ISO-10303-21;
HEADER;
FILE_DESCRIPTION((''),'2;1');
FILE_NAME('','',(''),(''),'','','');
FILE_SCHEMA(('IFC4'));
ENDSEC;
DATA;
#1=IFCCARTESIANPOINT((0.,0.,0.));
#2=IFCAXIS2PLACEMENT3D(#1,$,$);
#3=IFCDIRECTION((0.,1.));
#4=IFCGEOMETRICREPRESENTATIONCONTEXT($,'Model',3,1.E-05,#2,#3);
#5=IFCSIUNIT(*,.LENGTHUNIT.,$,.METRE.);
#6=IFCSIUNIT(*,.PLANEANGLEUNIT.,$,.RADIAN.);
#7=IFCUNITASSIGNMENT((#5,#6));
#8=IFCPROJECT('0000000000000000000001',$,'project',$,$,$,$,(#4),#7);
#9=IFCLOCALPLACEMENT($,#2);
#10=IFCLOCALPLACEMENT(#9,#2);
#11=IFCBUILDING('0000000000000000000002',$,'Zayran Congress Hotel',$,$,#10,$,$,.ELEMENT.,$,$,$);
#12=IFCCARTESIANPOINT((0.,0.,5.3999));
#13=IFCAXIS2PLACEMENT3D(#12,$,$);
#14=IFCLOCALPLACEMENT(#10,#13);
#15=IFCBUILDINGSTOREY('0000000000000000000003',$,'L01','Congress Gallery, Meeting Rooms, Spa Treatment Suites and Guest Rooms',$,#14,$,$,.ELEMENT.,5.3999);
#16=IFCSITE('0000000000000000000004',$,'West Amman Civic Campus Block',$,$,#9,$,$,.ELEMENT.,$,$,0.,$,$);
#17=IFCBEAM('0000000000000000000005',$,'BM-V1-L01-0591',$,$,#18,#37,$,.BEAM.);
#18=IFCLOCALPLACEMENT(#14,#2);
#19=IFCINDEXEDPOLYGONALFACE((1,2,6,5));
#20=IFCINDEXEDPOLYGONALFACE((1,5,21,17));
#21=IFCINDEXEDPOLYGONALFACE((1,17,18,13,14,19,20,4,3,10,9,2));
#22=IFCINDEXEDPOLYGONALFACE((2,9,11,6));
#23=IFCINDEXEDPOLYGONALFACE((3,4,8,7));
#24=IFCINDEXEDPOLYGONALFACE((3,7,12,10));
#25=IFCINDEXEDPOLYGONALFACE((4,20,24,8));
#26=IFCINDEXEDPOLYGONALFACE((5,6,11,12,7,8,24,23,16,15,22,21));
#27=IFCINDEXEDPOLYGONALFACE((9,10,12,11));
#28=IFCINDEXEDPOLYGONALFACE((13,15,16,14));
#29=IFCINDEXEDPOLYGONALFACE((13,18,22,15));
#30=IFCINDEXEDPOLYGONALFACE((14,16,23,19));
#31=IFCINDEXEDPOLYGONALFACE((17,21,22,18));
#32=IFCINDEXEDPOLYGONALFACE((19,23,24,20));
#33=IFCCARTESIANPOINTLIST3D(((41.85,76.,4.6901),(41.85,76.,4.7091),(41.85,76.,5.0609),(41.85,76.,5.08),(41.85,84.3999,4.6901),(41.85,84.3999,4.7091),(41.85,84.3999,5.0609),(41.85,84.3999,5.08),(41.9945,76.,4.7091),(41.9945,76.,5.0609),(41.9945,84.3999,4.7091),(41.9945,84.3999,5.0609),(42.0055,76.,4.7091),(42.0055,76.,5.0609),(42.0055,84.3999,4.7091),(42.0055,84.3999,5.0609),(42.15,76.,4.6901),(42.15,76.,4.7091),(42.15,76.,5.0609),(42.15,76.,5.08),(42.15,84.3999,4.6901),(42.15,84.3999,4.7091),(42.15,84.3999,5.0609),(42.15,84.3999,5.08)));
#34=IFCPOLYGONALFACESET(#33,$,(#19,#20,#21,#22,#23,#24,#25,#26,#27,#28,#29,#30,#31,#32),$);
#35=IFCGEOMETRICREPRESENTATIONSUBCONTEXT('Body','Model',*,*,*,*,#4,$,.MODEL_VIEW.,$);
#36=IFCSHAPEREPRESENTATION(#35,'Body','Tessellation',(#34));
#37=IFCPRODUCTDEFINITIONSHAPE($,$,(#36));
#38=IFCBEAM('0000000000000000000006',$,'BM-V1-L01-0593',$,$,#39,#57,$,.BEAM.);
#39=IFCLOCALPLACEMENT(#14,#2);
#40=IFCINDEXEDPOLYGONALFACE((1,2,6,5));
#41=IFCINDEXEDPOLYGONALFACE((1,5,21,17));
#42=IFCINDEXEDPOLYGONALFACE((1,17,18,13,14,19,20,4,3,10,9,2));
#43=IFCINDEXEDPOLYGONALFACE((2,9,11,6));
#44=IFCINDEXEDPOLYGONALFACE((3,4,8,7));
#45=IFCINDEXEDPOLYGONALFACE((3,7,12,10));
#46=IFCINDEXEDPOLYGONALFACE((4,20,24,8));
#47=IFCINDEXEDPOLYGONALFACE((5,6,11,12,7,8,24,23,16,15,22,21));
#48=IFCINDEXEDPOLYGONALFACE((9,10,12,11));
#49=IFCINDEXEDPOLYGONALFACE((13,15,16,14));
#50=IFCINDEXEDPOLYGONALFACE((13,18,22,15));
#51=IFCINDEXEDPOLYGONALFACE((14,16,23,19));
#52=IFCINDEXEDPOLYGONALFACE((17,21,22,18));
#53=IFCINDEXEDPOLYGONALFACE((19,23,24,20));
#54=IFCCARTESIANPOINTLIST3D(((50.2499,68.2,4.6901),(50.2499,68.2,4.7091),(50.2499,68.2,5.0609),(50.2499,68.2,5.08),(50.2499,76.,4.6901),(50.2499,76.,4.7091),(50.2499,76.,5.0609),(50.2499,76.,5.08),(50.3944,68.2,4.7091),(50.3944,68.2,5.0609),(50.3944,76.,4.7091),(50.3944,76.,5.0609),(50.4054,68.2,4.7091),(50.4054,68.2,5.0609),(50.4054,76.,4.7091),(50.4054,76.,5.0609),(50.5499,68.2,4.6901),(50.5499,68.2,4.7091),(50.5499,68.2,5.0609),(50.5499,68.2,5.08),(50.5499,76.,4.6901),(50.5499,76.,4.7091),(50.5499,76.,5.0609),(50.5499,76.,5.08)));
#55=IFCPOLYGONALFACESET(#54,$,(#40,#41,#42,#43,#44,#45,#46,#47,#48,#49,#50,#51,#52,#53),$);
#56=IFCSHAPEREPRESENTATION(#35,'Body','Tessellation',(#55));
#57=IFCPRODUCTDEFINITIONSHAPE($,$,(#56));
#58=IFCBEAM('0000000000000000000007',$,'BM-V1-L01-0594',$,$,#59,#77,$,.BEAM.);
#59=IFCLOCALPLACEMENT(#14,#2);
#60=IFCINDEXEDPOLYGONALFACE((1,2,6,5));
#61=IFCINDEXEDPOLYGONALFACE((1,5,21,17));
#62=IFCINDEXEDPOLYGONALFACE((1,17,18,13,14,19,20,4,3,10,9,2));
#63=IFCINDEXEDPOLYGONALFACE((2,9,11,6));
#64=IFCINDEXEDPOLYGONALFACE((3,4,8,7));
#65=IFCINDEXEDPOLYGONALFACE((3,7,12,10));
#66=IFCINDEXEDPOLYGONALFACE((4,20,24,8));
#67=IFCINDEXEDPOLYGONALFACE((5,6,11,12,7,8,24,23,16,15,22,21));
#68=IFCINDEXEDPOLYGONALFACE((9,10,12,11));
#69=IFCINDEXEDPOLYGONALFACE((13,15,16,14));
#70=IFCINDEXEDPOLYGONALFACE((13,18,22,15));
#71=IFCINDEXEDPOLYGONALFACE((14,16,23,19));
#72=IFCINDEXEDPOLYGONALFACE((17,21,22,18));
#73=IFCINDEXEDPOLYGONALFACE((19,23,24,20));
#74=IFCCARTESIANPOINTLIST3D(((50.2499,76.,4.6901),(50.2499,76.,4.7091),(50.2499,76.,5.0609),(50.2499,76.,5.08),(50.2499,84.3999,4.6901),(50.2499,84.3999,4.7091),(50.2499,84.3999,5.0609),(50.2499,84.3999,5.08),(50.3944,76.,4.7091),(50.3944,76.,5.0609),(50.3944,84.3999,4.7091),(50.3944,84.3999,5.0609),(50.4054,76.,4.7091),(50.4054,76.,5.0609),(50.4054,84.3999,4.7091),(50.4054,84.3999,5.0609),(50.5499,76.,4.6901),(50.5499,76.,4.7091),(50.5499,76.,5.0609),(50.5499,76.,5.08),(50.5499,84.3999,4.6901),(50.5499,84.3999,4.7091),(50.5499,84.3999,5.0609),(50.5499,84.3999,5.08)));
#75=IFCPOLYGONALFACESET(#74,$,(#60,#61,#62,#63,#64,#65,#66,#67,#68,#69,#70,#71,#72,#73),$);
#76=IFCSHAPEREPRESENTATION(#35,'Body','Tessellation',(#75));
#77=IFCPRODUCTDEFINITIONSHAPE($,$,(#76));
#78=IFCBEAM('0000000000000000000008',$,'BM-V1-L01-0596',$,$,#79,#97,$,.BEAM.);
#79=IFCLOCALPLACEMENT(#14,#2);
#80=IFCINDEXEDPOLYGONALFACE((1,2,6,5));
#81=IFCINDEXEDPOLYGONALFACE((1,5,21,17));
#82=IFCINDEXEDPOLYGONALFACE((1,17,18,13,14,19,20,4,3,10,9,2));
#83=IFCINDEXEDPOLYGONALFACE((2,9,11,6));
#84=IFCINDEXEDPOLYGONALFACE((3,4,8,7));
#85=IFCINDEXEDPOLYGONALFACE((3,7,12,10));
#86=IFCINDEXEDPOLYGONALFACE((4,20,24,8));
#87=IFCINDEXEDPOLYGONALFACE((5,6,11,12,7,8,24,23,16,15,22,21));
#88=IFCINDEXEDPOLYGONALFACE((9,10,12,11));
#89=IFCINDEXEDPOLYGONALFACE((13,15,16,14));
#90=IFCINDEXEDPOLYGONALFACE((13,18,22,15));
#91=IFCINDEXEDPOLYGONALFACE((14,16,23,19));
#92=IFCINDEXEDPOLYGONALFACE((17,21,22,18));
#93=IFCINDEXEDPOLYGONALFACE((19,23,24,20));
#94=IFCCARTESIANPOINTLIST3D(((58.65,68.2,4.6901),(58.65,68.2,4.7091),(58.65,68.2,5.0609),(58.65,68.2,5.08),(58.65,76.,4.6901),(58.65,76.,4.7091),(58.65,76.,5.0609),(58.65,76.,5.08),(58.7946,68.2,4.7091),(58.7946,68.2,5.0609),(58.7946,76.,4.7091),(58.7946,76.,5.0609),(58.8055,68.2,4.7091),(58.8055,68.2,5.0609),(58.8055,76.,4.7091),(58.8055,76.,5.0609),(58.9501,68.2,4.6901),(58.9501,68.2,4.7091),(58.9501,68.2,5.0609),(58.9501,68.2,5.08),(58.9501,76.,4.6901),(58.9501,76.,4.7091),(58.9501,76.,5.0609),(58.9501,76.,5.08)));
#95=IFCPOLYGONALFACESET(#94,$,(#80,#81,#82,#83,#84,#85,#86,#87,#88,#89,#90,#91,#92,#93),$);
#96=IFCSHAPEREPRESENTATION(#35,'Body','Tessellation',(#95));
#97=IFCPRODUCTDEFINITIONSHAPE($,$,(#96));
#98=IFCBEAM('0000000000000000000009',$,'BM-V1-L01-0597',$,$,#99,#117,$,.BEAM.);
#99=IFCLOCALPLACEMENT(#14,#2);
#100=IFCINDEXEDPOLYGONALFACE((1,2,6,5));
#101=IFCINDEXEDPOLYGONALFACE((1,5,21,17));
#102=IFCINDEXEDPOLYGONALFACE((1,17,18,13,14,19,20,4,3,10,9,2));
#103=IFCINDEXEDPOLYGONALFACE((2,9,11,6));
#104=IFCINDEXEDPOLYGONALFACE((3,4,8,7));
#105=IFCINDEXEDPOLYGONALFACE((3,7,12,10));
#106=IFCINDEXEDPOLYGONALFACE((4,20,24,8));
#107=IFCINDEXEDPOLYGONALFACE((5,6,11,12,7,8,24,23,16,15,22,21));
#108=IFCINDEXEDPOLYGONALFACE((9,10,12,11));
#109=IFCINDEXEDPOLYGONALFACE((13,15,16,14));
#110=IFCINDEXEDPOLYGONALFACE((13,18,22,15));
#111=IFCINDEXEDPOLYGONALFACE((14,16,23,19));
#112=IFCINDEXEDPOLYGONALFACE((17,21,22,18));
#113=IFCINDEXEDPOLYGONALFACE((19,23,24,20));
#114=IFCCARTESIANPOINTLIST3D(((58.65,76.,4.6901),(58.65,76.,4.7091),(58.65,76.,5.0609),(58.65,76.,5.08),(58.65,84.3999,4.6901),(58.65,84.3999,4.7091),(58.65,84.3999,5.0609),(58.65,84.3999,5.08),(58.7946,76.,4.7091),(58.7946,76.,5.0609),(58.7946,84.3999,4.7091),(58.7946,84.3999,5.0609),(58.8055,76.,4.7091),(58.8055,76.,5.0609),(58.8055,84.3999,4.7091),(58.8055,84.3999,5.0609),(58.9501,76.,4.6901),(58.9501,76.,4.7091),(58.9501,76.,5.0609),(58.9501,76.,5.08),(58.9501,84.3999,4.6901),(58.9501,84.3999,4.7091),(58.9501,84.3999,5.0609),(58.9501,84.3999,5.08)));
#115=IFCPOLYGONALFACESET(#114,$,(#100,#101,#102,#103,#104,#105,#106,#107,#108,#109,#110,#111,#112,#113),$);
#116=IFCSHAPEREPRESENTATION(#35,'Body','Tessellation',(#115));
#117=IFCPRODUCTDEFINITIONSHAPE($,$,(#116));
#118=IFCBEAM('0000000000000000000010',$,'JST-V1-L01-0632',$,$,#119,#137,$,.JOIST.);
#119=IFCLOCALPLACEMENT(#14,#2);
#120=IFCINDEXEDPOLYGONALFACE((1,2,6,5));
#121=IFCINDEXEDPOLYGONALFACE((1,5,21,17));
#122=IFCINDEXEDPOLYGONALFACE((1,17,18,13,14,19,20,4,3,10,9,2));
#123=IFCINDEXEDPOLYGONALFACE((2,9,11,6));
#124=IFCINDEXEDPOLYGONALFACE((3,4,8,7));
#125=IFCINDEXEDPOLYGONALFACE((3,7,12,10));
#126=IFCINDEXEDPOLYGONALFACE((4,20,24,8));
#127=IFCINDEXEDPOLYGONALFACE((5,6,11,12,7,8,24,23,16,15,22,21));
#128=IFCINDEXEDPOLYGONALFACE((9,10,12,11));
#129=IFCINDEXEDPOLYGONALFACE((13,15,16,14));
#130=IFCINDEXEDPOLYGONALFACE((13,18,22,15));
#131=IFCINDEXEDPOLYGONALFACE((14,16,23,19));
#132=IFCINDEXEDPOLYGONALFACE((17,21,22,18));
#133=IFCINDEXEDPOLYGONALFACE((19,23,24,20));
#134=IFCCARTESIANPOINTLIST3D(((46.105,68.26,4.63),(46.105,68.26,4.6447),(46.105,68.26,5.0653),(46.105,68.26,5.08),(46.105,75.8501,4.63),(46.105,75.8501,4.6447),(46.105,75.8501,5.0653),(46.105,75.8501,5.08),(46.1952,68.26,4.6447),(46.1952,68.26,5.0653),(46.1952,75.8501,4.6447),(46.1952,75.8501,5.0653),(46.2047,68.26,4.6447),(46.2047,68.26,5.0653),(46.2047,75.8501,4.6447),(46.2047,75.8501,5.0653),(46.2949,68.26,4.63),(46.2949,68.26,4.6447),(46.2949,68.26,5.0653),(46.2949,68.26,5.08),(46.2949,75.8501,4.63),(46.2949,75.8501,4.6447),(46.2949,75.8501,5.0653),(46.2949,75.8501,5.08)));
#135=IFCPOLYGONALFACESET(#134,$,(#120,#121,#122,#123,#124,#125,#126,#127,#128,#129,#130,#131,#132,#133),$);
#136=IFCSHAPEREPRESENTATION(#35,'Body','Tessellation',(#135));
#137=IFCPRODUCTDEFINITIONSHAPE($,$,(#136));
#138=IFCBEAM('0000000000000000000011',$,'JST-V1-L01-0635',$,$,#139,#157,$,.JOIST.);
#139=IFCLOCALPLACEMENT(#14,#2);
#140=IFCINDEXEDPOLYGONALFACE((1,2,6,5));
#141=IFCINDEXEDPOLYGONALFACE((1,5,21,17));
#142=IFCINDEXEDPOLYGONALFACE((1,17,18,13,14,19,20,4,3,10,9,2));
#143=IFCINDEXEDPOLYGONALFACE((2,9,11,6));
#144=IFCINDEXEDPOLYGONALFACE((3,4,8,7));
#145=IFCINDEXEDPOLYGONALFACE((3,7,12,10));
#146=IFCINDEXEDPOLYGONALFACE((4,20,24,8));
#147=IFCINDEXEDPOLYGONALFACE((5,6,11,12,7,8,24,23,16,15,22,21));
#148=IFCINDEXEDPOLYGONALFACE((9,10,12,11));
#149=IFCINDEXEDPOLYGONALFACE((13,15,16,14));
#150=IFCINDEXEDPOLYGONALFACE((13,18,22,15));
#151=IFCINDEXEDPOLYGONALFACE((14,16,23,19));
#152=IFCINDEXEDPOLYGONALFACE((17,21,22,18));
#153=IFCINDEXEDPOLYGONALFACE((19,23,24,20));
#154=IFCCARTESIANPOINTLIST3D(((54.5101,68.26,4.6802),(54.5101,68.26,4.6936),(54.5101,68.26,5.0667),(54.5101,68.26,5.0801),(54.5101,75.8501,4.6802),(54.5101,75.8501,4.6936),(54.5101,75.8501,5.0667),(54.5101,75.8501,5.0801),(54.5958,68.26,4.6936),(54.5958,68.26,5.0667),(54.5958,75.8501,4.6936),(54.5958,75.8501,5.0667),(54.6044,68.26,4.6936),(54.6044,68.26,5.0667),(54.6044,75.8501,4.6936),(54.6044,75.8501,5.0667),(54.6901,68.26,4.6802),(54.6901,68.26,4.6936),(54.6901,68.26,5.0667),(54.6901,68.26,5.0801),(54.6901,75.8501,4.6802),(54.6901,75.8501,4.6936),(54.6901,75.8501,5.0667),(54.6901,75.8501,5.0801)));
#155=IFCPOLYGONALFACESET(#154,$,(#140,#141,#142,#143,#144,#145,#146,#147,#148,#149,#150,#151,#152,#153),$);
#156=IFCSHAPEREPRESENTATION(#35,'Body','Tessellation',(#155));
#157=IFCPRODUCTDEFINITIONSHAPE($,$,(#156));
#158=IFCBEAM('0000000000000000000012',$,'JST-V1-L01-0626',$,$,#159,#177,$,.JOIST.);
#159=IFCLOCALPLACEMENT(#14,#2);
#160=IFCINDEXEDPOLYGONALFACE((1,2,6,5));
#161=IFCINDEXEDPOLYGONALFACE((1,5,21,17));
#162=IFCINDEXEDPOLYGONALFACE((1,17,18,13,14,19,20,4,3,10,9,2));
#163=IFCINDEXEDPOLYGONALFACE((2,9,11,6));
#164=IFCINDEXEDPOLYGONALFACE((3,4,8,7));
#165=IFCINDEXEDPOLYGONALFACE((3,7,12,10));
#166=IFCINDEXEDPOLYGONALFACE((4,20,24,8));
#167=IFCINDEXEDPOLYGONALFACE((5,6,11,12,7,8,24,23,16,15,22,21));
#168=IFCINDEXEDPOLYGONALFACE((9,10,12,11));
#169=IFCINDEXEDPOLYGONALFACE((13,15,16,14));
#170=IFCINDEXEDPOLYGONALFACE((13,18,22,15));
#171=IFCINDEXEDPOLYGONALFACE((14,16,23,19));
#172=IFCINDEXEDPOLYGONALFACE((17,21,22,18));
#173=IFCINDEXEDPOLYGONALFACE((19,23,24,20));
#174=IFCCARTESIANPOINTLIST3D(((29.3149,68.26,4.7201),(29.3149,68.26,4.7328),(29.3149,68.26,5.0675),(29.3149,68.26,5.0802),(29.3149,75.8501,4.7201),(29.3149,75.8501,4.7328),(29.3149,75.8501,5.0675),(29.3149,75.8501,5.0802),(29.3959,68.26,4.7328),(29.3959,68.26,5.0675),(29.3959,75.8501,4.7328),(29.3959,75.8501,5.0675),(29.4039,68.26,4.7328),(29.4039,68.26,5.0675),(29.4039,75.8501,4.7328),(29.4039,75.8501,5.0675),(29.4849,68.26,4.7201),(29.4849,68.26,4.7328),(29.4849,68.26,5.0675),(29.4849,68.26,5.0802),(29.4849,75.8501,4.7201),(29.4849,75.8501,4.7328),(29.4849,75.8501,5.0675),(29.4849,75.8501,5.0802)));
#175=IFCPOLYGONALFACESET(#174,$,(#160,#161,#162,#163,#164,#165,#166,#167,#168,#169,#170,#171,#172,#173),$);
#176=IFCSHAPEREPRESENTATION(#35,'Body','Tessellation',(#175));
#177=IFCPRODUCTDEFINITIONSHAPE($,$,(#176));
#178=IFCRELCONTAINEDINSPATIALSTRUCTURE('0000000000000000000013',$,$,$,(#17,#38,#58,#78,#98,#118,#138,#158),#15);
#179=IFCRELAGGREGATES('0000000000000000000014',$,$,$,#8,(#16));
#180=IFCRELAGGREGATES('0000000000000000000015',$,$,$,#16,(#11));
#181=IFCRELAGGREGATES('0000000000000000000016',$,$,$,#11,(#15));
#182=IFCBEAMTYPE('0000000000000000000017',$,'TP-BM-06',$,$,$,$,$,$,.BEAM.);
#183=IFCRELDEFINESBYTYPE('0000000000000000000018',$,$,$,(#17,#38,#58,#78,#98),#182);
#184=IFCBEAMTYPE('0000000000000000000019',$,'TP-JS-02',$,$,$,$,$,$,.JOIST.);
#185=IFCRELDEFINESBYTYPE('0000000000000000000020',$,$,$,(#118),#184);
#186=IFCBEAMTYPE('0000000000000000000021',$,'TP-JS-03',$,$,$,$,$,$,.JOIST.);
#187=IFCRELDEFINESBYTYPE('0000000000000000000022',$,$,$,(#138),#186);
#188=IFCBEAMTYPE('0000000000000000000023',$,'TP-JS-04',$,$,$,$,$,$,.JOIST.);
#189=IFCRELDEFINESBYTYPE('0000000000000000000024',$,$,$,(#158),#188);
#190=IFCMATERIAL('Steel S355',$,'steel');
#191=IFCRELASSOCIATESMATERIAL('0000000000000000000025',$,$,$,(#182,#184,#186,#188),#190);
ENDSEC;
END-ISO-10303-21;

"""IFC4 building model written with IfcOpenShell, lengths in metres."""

from ifc_helpers import new_model, si_unit, direction, frame, origin, origin_2d, place, context, subcontext, project, spatial, i_section, extrude, material, material_profile, profile_set, type_object, element, save


model = new_model("IFC4")

# Units and contexts
model_context = context("Model", 3, precision=1e-05, world=origin(), true_north=direction((0.0, 1.0)))
body_context = subcontext(model_context, "Body", "Model", "MODEL_VIEW")
ifc_project = project(units=[si_unit("LENGTHUNIT", "METRE"), si_unit("PLANEANGLEUNIT", "RADIAN")], contexts=[model_context])

# Site, building, storey
site_placement = place(None, origin())
site = spatial("IfcSite", under=ifc_project, at=site_placement, Name="West Amman Civic Campus Block", CompositionType="ELEMENT", RefElevation=0.0)
building_placement = place(site_placement, origin())
building = spatial("IfcBuilding", under=site, at=building_placement, Name="Zayran Congress Hotel", CompositionType="ELEMENT")
storey_placement = place(building_placement, frame((0.0, 0.0, 5.3999)))
storey = spatial("IfcBuildingStorey", under=building, at=storey_placement, Name="L01", Description="Congress Gallery, Meeting Rooms, Spa Treatment Suites and Guest Rooms", CompositionType="ELEMENT", Elevation=5.3999)

# Beams
ifc_material_1 = material(Name="Steel S355", Category="steel")
ifc_material_profile_1 = material_profile(ifc_material_1, i_section(OverallWidth=0.3, OverallDepth=0.3899, WebThickness=0.011, FlangeThickness=0.019, at=origin_2d()), Name="HEA 400")
ifc_profile_set_1 = profile_set([ifc_material_profile_1], Name="Steel S355")
beam_type_1 = type_object("IfcBeamType", Name="TP-BM-06", PredefinedType="BEAM", material=ifc_profile_set_1)
beam_1_placement = place(storey_placement, frame((42.0, 76.0, 4.885), z_axis=(0.0, 1.0, 0.0), x_axis=(-1.0, 0.0, 0.0)))
element("IfcBeam", 1, at=beam_1_placement, inside=storey, type_object=beam_type_1, Name="BM-V1-L01-0591", PredefinedType="BEAM", context=body_context, shape_type="SweptSolid", body=[
    extrude(i_section(OverallWidth=0.3, OverallDepth=0.3899, WebThickness=0.011, FlangeThickness=0.019, at=origin_2d()), origin(), (0.0, 0.0, 1.0), 8.3999),
])
beam_2_placement = place(storey_placement, frame((50.3999, 68.2, 4.885), z_axis=(0.0, 1.0, 0.0), x_axis=(-1.0, 0.0, 0.0)))
element("IfcBeam", 2, at=beam_2_placement, inside=storey, type_object=beam_type_1, Name="BM-V1-L01-0593", PredefinedType="BEAM", context=body_context, shape_type="SweptSolid", body=[
    extrude(i_section(OverallWidth=0.3, OverallDepth=0.3899, WebThickness=0.011, FlangeThickness=0.019, at=origin_2d()), origin(), (0.0, 0.0, 1.0), 7.8),
])
beam_3_placement = place(storey_placement, frame((50.3999, 76.0, 4.885), z_axis=(0.0, 1.0, 0.0), x_axis=(-1.0, 0.0, 0.0)))
element("IfcBeam", 3, at=beam_3_placement, inside=storey, type_object=beam_type_1, Name="BM-V1-L01-0594", PredefinedType="BEAM", context=body_context, shape_type="SweptSolid", body=[
    extrude(i_section(OverallWidth=0.3, OverallDepth=0.3899, WebThickness=0.011, FlangeThickness=0.019, at=origin_2d()), origin(), (0.0, 0.0, 1.0), 8.3999),
])
beam_4_placement = place(storey_placement, frame((58.8, 68.2, 4.885), z_axis=(0.0, 1.0, 0.0), x_axis=(-1.0, 0.0, 0.0)))
element("IfcBeam", 4, at=beam_4_placement, inside=storey, type_object=beam_type_1, Name="BM-V1-L01-0596", PredefinedType="BEAM", context=body_context, shape_type="SweptSolid", body=[
    extrude(i_section(OverallWidth=0.3, OverallDepth=0.3899, WebThickness=0.011, FlangeThickness=0.019, at=origin_2d()), origin(), (0.0, 0.0, 1.0), 7.8),
])
beam_5_placement = place(storey_placement, frame((58.8, 76.0, 4.885), z_axis=(0.0, 1.0, 0.0), x_axis=(-1.0, 0.0, 0.0)))
element("IfcBeam", 5, at=beam_5_placement, inside=storey, type_object=beam_type_1, Name="BM-V1-L01-0597", PredefinedType="BEAM", context=body_context, shape_type="SweptSolid", body=[
    extrude(i_section(OverallWidth=0.3, OverallDepth=0.3899, WebThickness=0.011, FlangeThickness=0.019, at=origin_2d()), origin(), (0.0, 0.0, 1.0), 8.3999),
])
ifc_material_profile_2 = material_profile(ifc_material_1, i_section(OverallWidth=0.1899, OverallDepth=0.45, WebThickness=0.0095, FlangeThickness=0.0146, at=origin_2d()), Name="IPE 450")
ifc_profile_set_2 = profile_set([ifc_material_profile_2], Name="Steel S355")
beam_type_2 = type_object("IfcBeamType", Name="TP-JS-02", PredefinedType="JOIST", material=ifc_profile_set_2)
beam_6_placement = place(storey_placement, frame((46.2, 68.26, 4.855), z_axis=(0.0, 1.0, 0.0), x_axis=(-1.0, 0.0, 0.0)))
element("IfcBeam", 6, at=beam_6_placement, inside=storey, type_object=beam_type_2, Name="JST-V1-L01-0632", PredefinedType="JOIST", context=body_context, shape_type="SweptSolid", body=[
    extrude(i_section(OverallWidth=0.1899, OverallDepth=0.45, WebThickness=0.0095, FlangeThickness=0.0146, at=origin_2d()), origin(), (0.0, 0.0, 1.0), 7.5901),
])
ifc_material_profile_3 = material_profile(ifc_material_1, i_section(OverallWidth=0.1799, OverallDepth=0.3999, WebThickness=0.0085, FlangeThickness=0.0134, at=origin_2d()), Name="IPE 400")
ifc_profile_set_3 = profile_set([ifc_material_profile_3], Name="Steel S355")
beam_type_3 = type_object("IfcBeamType", Name="TP-JS-03", PredefinedType="JOIST", material=ifc_profile_set_3)
beam_7_placement = place(storey_placement, frame((54.6001, 68.26, 4.8801), z_axis=(0.0, 1.0, 0.0), x_axis=(-1.0, 0.0, 0.0)))
element("IfcBeam", 7, at=beam_7_placement, inside=storey, type_object=beam_type_3, Name="JST-V1-L01-0635", PredefinedType="JOIST", context=body_context, shape_type="SweptSolid", body=[
    extrude(i_section(OverallWidth=0.1799, OverallDepth=0.3999, WebThickness=0.0085, FlangeThickness=0.0134, at=origin_2d()), origin(), (0.0, 0.0, 1.0), 7.5901),
])
ifc_material_profile_4 = material_profile(ifc_material_1, i_section(OverallWidth=0.1699, OverallDepth=0.3601, WebThickness=0.0081, FlangeThickness=0.0127, at=origin_2d()), Name="IPE 360")
ifc_profile_set_4 = profile_set([ifc_material_profile_4], Name="Steel S355")
beam_type_4 = type_object("IfcBeamType", Name="TP-JS-04", PredefinedType="JOIST", material=ifc_profile_set_4)
beam_8_placement = place(storey_placement, frame((29.3999, 68.26, 4.9001), z_axis=(0.0, 1.0, 0.0), x_axis=(-1.0, 0.0, 0.0)))
element("IfcBeam", 8, at=beam_8_placement, inside=storey, type_object=beam_type_4, Name="JST-V1-L01-0626", PredefinedType="JOIST", context=body_context, shape_type="SweptSolid", body=[
    extrude(i_section(OverallWidth=0.1699, OverallDepth=0.3601, WebThickness=0.0081, FlangeThickness=0.0127, at=origin_2d()), origin(), (0.0, 0.0, 1.0), 7.5901),
])

save(model, "model.ifc")
